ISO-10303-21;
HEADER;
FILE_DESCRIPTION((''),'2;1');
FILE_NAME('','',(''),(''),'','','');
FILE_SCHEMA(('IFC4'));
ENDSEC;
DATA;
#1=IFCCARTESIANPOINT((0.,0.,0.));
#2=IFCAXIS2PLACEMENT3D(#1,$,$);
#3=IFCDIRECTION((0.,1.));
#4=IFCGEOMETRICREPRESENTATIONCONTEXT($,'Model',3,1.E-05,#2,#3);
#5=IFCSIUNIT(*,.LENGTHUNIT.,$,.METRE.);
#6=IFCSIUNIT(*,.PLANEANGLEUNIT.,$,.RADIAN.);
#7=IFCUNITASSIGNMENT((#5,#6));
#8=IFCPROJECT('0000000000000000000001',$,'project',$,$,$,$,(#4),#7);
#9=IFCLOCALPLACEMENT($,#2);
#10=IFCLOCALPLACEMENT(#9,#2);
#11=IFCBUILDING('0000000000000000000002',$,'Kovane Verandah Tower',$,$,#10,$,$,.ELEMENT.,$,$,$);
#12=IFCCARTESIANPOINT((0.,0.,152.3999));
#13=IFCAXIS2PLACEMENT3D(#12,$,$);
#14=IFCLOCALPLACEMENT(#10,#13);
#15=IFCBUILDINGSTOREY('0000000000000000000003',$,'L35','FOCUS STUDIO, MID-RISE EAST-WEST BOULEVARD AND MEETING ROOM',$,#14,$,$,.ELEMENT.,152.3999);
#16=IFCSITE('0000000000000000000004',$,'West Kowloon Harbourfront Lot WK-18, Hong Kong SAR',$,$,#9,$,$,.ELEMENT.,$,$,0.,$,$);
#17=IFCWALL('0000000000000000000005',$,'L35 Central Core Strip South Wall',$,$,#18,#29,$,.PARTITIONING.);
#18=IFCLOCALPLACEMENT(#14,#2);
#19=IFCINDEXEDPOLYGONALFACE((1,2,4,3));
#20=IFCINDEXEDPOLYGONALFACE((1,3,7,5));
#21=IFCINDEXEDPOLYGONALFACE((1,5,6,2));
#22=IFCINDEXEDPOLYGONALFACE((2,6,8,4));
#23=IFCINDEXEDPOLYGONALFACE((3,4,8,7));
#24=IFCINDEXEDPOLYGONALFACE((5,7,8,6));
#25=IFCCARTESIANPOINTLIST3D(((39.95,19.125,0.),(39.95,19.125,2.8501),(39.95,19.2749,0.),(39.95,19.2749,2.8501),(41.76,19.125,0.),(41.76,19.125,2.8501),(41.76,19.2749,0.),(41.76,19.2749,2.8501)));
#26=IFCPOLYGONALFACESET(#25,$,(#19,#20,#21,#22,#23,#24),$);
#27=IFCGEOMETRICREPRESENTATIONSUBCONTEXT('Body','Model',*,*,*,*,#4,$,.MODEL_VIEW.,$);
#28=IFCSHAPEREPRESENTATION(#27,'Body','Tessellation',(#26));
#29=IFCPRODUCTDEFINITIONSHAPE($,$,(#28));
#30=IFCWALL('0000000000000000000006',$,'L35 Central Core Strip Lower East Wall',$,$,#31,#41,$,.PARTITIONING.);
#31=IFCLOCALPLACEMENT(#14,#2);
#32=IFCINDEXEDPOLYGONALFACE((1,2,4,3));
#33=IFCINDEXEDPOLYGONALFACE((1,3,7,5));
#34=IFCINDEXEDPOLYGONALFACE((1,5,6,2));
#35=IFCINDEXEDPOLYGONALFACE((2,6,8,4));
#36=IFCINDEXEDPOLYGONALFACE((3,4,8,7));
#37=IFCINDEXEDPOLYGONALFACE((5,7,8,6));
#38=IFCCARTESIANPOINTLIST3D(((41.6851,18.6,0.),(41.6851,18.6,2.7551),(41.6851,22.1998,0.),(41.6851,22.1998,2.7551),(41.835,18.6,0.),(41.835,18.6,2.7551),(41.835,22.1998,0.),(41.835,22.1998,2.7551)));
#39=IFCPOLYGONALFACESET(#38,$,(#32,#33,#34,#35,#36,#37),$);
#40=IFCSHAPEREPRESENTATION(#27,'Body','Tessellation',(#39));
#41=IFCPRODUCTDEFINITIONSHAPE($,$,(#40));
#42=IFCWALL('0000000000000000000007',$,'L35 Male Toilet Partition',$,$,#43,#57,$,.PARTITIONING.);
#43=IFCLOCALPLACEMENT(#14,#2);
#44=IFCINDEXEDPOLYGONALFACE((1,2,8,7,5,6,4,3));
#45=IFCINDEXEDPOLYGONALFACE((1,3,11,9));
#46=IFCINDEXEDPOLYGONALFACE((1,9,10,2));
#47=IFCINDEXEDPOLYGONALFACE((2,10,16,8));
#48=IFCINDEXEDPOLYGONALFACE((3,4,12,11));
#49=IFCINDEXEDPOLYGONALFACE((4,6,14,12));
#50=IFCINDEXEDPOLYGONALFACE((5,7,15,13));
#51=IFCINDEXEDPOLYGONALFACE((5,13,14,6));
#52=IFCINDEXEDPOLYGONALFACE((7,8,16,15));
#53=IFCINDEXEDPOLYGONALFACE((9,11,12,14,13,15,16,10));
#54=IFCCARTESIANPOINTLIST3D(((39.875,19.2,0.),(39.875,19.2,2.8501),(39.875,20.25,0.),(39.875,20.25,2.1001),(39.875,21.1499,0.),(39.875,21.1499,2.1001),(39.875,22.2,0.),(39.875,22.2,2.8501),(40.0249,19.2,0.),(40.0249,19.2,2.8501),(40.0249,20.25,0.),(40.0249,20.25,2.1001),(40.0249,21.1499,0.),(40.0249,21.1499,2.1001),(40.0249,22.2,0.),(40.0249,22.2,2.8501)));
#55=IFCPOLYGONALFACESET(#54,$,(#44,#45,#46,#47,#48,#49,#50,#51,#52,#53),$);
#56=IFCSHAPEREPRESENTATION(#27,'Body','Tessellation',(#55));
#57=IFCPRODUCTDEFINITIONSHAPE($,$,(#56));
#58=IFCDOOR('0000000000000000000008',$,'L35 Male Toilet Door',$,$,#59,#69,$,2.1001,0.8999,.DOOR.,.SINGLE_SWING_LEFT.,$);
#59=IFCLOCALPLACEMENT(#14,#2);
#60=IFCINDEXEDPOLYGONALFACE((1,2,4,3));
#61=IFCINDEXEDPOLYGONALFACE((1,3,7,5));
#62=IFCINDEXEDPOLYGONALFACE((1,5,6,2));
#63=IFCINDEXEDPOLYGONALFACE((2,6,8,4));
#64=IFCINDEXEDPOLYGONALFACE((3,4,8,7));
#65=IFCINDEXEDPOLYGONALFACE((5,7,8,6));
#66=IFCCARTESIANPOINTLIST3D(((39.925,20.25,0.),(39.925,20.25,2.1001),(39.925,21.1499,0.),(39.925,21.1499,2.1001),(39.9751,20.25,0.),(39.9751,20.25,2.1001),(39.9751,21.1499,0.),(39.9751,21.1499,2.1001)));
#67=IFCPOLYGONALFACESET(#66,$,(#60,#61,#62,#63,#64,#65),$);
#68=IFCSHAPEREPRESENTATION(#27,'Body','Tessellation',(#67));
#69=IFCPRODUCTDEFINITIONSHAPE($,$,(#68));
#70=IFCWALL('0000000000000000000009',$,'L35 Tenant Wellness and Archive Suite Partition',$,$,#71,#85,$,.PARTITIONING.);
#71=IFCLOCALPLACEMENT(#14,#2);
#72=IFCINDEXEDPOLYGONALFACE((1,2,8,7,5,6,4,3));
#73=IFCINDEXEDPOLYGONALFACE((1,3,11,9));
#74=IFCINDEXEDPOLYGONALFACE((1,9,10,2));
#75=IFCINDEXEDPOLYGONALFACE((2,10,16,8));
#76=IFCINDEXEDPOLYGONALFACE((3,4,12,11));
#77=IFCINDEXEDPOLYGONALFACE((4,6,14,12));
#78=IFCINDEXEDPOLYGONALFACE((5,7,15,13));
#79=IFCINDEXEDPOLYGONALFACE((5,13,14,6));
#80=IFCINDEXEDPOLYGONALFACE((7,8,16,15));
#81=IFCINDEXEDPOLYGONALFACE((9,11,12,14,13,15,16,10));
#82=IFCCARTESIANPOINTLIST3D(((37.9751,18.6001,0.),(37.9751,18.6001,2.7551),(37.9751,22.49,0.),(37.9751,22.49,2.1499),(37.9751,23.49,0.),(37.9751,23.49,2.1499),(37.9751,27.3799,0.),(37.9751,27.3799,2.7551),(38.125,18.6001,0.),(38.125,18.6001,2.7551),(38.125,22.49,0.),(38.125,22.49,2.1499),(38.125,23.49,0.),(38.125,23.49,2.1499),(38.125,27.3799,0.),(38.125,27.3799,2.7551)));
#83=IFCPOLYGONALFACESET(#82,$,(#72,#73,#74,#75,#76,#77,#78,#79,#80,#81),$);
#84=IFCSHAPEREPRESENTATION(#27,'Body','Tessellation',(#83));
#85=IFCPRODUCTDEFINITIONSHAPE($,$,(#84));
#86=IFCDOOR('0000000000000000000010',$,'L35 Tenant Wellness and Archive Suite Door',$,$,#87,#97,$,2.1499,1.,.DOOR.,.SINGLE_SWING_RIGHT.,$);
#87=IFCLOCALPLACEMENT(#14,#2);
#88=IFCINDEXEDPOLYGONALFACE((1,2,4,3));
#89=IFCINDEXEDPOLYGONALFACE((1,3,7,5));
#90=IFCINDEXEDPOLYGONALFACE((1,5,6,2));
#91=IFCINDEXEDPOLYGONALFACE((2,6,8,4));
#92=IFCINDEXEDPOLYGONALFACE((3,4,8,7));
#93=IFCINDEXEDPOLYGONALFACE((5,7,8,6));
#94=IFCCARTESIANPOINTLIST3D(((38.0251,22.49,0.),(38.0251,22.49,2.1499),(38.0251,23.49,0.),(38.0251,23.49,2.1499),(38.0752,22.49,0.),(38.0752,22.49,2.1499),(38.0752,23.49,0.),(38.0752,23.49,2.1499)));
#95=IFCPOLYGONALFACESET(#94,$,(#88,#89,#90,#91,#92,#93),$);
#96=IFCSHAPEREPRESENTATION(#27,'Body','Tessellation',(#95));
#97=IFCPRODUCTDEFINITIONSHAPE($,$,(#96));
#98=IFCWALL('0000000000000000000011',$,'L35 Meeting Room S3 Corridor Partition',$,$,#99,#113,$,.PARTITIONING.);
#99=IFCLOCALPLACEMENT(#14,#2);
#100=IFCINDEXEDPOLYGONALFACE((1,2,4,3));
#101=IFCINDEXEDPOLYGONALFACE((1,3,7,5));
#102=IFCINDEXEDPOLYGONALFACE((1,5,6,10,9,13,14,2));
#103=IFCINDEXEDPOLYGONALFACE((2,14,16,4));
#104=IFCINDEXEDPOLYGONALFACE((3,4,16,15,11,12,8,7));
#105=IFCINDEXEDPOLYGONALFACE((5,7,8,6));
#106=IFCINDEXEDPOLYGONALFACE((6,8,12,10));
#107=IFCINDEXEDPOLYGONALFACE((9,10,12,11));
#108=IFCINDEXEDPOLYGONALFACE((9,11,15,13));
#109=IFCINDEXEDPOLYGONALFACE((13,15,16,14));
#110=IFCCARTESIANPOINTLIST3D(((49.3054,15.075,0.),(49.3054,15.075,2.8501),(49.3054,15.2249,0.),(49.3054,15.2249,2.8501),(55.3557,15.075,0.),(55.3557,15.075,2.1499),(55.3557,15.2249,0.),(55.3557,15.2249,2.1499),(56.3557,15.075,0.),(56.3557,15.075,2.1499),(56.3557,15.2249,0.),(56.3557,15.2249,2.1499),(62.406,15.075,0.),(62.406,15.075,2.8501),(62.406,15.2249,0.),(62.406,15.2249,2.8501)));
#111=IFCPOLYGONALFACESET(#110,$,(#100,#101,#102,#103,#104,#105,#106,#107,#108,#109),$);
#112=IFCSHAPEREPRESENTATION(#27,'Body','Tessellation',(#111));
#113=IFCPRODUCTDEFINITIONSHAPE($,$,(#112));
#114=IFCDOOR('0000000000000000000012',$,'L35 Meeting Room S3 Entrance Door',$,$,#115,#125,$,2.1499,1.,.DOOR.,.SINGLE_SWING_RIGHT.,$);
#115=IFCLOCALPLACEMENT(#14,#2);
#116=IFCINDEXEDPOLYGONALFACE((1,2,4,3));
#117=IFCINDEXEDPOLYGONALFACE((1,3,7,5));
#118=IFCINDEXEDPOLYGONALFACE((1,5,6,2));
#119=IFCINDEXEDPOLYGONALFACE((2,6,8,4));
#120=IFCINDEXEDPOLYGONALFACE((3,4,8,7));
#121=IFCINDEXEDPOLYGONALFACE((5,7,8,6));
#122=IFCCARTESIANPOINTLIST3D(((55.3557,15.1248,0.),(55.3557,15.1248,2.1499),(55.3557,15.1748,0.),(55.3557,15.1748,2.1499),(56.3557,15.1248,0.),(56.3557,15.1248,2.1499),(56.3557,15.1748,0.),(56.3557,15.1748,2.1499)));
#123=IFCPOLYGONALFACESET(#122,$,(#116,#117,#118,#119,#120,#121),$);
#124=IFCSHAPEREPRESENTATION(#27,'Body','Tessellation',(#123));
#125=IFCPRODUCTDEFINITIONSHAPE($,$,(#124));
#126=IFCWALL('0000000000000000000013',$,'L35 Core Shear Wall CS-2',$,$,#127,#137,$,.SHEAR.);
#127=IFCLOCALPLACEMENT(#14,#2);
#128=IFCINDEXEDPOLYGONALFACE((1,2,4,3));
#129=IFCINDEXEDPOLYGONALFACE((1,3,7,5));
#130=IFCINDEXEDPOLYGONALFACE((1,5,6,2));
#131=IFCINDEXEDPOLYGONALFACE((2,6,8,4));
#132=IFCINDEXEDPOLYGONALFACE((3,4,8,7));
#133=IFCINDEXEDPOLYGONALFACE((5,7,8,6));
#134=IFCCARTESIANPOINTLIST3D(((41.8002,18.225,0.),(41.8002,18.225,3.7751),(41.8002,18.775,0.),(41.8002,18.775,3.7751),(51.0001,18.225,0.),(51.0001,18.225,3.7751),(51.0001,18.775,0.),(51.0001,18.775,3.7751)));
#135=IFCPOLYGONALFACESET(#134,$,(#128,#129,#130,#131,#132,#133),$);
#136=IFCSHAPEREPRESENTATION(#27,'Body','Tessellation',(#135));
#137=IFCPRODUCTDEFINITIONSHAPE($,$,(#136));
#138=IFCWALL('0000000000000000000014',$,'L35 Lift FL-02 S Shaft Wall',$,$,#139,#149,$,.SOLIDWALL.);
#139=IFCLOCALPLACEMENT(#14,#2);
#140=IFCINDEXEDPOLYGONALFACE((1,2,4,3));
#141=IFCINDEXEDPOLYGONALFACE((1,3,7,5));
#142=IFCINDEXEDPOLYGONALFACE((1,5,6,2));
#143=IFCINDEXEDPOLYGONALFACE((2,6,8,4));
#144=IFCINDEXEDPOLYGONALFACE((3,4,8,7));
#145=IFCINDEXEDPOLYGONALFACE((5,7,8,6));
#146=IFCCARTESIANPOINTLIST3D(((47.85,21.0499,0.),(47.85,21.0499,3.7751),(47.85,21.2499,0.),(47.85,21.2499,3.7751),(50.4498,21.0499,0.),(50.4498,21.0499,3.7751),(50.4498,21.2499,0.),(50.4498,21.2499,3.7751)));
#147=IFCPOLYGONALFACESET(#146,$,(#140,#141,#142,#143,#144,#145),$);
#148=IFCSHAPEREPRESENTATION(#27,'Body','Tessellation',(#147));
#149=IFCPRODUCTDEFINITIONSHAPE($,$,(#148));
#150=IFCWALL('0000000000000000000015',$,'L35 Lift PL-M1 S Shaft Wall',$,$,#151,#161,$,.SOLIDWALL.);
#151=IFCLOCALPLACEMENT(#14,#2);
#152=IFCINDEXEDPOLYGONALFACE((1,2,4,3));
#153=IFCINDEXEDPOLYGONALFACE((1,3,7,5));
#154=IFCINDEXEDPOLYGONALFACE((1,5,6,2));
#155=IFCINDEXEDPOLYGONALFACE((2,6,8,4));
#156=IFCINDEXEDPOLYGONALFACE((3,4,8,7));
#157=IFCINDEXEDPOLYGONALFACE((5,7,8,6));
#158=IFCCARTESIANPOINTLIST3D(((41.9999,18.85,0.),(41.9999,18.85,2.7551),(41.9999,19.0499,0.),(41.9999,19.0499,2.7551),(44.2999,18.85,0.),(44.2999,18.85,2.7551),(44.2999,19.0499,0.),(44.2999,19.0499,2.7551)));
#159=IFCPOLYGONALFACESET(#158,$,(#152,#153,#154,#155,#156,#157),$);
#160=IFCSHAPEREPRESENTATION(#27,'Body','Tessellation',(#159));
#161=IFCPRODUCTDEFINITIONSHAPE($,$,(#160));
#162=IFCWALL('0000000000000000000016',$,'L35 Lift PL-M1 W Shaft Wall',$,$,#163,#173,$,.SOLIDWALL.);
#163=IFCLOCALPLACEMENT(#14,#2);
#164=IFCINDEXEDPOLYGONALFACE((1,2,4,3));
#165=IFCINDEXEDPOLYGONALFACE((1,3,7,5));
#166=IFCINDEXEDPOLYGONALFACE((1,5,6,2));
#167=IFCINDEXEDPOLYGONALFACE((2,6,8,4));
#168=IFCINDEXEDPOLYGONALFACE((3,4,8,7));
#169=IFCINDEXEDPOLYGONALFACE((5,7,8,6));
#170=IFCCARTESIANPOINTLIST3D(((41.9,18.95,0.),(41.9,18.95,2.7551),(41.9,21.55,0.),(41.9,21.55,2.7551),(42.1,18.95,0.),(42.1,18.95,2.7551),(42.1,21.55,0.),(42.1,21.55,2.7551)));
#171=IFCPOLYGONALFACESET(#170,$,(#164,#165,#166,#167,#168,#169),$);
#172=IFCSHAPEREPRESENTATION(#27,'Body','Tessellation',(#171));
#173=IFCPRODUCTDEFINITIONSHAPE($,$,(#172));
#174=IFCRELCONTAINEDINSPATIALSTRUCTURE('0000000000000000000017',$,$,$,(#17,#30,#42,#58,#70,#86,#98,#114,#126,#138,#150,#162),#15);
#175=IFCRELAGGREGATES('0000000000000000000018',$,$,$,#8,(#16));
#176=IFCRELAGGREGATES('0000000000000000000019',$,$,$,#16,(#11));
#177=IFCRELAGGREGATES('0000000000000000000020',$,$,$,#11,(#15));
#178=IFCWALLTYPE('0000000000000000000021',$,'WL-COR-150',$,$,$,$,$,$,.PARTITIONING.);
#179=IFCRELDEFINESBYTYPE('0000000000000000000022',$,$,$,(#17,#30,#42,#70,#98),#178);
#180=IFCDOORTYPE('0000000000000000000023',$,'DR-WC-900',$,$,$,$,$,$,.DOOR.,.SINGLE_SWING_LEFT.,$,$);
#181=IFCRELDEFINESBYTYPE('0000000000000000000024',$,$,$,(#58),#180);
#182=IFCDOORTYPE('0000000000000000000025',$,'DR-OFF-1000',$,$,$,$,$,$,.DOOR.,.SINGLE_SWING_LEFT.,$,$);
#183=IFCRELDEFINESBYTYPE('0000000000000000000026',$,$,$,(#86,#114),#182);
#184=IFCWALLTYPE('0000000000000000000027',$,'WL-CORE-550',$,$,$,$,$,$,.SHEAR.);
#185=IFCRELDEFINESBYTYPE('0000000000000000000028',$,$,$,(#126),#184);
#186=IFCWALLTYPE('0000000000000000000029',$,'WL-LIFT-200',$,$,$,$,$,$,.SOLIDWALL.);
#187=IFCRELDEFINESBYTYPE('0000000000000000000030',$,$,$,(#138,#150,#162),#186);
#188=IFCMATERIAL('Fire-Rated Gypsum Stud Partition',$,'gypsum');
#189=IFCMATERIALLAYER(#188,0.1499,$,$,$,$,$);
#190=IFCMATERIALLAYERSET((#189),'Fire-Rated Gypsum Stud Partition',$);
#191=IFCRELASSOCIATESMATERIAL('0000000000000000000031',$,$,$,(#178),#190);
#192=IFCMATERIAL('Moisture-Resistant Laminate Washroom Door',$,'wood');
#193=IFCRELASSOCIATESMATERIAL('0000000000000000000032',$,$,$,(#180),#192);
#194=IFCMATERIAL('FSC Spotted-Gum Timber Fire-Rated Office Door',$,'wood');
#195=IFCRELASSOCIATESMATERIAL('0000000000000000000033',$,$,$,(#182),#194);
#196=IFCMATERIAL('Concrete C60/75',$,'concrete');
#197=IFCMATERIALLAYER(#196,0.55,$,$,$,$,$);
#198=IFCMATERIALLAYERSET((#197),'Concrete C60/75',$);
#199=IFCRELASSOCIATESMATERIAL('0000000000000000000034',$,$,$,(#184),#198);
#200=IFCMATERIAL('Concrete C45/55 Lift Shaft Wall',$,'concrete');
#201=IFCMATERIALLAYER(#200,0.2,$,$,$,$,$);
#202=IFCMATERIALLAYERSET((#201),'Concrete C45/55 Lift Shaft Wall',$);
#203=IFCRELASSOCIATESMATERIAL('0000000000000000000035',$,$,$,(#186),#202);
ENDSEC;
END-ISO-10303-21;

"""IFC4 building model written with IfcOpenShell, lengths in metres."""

from ifc_helpers import new_model, si_unit, direction, frame, frame_2d, origin, place, context, subcontext, project, spatial, rectangle, extrude, material, layer, layer_set, type_object, element, fill, save


model = new_model("IFC4")

# Units and contexts
model_context = context("Model", 3, precision=1e-05, world=origin(), true_north=direction((0.0, 1.0)))
body_context = subcontext(model_context, "Body", "Model", "MODEL_VIEW")
ifc_project = project(units=[si_unit("LENGTHUNIT", "METRE"), si_unit("PLANEANGLEUNIT", "RADIAN")], contexts=[model_context])

# Site, building, storey
site_placement = place(None, origin())
site = spatial("IfcSite", under=ifc_project, at=site_placement, Name="West Kowloon Harbourfront Lot WK-18, Hong Kong SAR", CompositionType="ELEMENT", RefElevation=0.0)
building_placement = place(site_placement, origin())
building = spatial("IfcBuilding", under=site, at=building_placement, Name="Kovane Verandah Tower", CompositionType="ELEMENT")
storey_placement = place(building_placement, frame((0.0, 0.0, 152.3999)))
storey = spatial("IfcBuildingStorey", under=building, at=storey_placement, Name="L35", Description="FOCUS STUDIO, MID-RISE EAST-WEST BOULEVARD AND MEETING ROOM", CompositionType="ELEMENT", Elevation=152.3999)

# Shared definitions
ifc_material_1 = material(Name="Concrete C60/75", Category="concrete")

# Walls
ifc_material_2 = material(Name="Fire-Rated Gypsum Stud Partition", Category="gypsum")
ifc_layer_1 = layer(ifc_material_2, 0.1499)
ifc_layer_set_1 = layer_set([ifc_layer_1], Name="Fire-Rated Gypsum Stud Partition")
wall_type_1 = type_object("IfcWallType", Name="WL-COR-150", PredefinedType="PARTITIONING", material=ifc_layer_set_1)
wall_1_placement = place(storey_placement, frame((39.95, 19.2, 0.0), z_axis=(0.0, 0.0, 1.0), x_axis=(1.0, 0.0, 0.0)))
element("IfcWall", 1, at=wall_1_placement, inside=storey, type_object=wall_type_1, Name="L35 Central Core Strip South Wall", PredefinedType="PARTITIONING", context=body_context, shape_type="SweptSolid", body=[
    extrude(rectangle(XDim=1.8101, YDim=0.1499, at=frame_2d((0.905, 0.0))), origin(), (0.0, 0.0, 1.0), 2.8501),
])
wall_2_placement = place(storey_placement, frame((41.76, 18.6001, 0.0), z_axis=(0.0, 0.0, 1.0), x_axis=(0.0, 1.0, 0.0)))
element("IfcWall", 2, at=wall_2_placement, inside=storey, type_object=wall_type_1, Name="L35 Central Core Strip Lower East Wall", PredefinedType="PARTITIONING", context=body_context, shape_type="SweptSolid", body=[
    extrude(rectangle(XDim=3.5999, YDim=0.1499, at=frame_2d((1.7998, 0.0))), origin(), (0.0, 0.0, 1.0), 2.7551),
])

# Walls, openings, doors
wall_3_placement = place(storey_placement, frame((39.95, 19.2, 0.0), z_axis=(0.0, 0.0, 1.0), x_axis=(0.0, 1.0, 0.0)))
wall_3 = element("IfcWall", 3, at=wall_3_placement, inside=storey, type_object=wall_type_1, Name="L35 Male Toilet Partition", PredefinedType="PARTITIONING", context=body_context, shape_type="SweptSolid", body=[
    extrude(rectangle(XDim=3.0, YDim=0.1499, at=frame_2d((1.5, 0.0))), origin(), (0.0, 0.0, 1.0), 2.8501),
])
opening_1_placement = place(wall_3_placement, frame((1.05, 0.0, 0.0)))
opening_1 = element("IfcOpeningElement", 4, at=opening_1_placement, cuts=wall_3, PredefinedType="OPENING", context=body_context, shape_type="SweptSolid", body=[
    extrude(rectangle(XDim=0.8999, YDim=2.1001, at=frame_2d((0.45, 1.05))), frame((0.0, 0.075, 0.0), z_axis=(0.0, -1.0, 0.0), x_axis=(1.0, 0.0, 0.0)), (0.0, 0.0, 1.0), 0.1499),
])
ifc_material_3 = material(Name="Moisture-Resistant Laminate Washroom Door", Category="wood")
door_type_1 = type_object("IfcDoorType", Name="DR-WC-900", OperationType="SINGLE_SWING_LEFT", PredefinedType="DOOR", material=ifc_material_3)
door_1_placement = place(opening_1_placement, origin())
door_1 = element("IfcDoor", 5, at=door_1_placement, inside=storey, type_object=door_type_1, Name="L35 Male Toilet Door", OperationType="SINGLE_SWING_LEFT", OverallHeight=2.1001, OverallWidth=0.8999, PredefinedType="DOOR", context=body_context, shape_type="SweptSolid", body=[
    extrude(rectangle(XDim=0.8999, YDim=2.1001, at=frame_2d((0.45, 1.05))), frame((0.0, 0.0249, 0.0), z_axis=(0.0, -1.0, 0.0), x_axis=(1.0, 0.0, 0.0)), (0.0, 0.0, 1.0), 0.05),
])
fill(opening_1, door_1)
wall_4_placement = place(storey_placement, frame((38.05, 18.6001, 0.0), z_axis=(0.0, 0.0, 1.0), x_axis=(0.0, 1.0, 0.0)))
wall_4 = element("IfcWall", 6, at=wall_4_placement, inside=storey, type_object=wall_type_1, Name="L35 Tenant Wellness and Archive Suite Partition", PredefinedType="PARTITIONING", context=body_context, shape_type="SweptSolid", body=[
    extrude(rectangle(XDim=8.7798, YDim=0.1499, at=frame_2d((4.3899, 0.0))), origin(), (0.0, 0.0, 1.0), 2.7551),
])
opening_2_placement = place(wall_4_placement, frame((3.8899, 0.0, 0.0)))
opening_2 = element("IfcOpeningElement", 7, at=opening_2_placement, cuts=wall_4, PredefinedType="OPENING", context=body_context, shape_type="SweptSolid", body=[
    extrude(rectangle(XDim=1.0, YDim=2.1499, at=frame_2d((0.5, 1.075))), frame((0.0, 0.075, 0.0), z_axis=(0.0, -1.0, 0.0), x_axis=(1.0, 0.0, 0.0)), (0.0, 0.0, 1.0), 0.1499),
])
ifc_material_4 = material(Name="FSC Spotted-Gum Timber Fire-Rated Office Door", Category="wood")
door_type_2 = type_object("IfcDoorType", Name="DR-OFF-1000", OperationType="SINGLE_SWING_LEFT", PredefinedType="DOOR", material=ifc_material_4)
door_2_placement = place(opening_2_placement, origin())
door_2 = element("IfcDoor", 8, at=door_2_placement, inside=storey, type_object=door_type_2, Name="L35 Tenant Wellness and Archive Suite Door", OperationType="SINGLE_SWING_RIGHT", OverallHeight=2.1499, OverallWidth=1.0, PredefinedType="DOOR", context=body_context, shape_type="SweptSolid", body=[
    extrude(rectangle(XDim=1.0, YDim=2.1499, at=frame_2d((0.5, 1.075))), frame((0.0, 0.0249, 0.0), z_axis=(0.0, -1.0, 0.0), x_axis=(1.0, 0.0, 0.0)), (0.0, 0.0, 1.0), 0.05),
])
fill(opening_2, door_2)
wall_5_placement = place(storey_placement, frame((49.3054, 15.1499, 0.0), z_axis=(0.0, 0.0, 1.0), x_axis=(1.0, 0.0, 0.0)))
wall_5 = element("IfcWall", 9, at=wall_5_placement, inside=storey, type_object=wall_type_1, Name="L35 Meeting Room S3 Corridor Partition", PredefinedType="PARTITIONING", context=body_context, shape_type="SweptSolid", body=[
    extrude(rectangle(XDim=13.1006, YDim=0.1499, at=frame_2d((6.5503, 0.0))), origin(), (0.0, 0.0, 1.0), 2.8501),
])
opening_3_placement = place(wall_5_placement, frame((6.0503, 0.0, 0.0)))
opening_3 = element("IfcOpeningElement", 10, at=opening_3_placement, cuts=wall_5, PredefinedType="OPENING", context=body_context, shape_type="SweptSolid", body=[
    extrude(rectangle(XDim=1.0, YDim=2.1499, at=frame_2d((0.5, 1.075))), frame((0.0, 0.075, 0.0), z_axis=(0.0, -1.0, 0.0), x_axis=(1.0, 0.0, 0.0)), (0.0, 0.0, 1.0), 0.1499),
])
door_3_placement = place(opening_3_placement, origin())
door_3 = element("IfcDoor", 11, at=door_3_placement, inside=storey, type_object=door_type_2, Name="L35 Meeting Room S3 Entrance Door", OperationType="SINGLE_SWING_RIGHT", OverallHeight=2.1499, OverallWidth=1.0, PredefinedType="DOOR", context=body_context, shape_type="SweptSolid", body=[
    extrude(rectangle(XDim=1.0, YDim=2.1499, at=frame_2d((0.5, 1.075))), frame((0.0, 0.0249, 0.0), z_axis=(0.0, -1.0, 0.0), x_axis=(1.0, 0.0, 0.0)), (0.0, 0.0, 1.0), 0.05),
])
fill(opening_3, door_3)

# Walls
ifc_layer_2 = layer(ifc_material_1, 0.55)
ifc_layer_set_2 = layer_set([ifc_layer_2], Name="Concrete C60/75")
wall_type_2 = type_object("IfcWallType", Name="WL-CORE-550", PredefinedType="SHEAR", material=ifc_layer_set_2)
wall_6_placement = place(storey_placement, frame((41.8, 18.5, 0.0), z_axis=(0.0, 0.0, 1.0), x_axis=(1.0, 0.0, 0.0)))
element("IfcWall", 12, at=wall_6_placement, inside=storey, type_object=wall_type_2, Name="L35 Core Shear Wall CS-2", PredefinedType="SHEAR", context=body_context, shape_type="SweptSolid", body=[
    extrude(rectangle(XDim=9.2, YDim=0.55, at=frame_2d((4.6001, 0.0))), origin(), (0.0, 0.0, 1.0), 3.7751),
])
ifc_material_5 = material(Name="Concrete C45/55 Lift Shaft Wall", Category="concrete")
ifc_layer_3 = layer(ifc_material_5, 0.2)
ifc_layer_set_3 = layer_set([ifc_layer_3], Name="Concrete C45/55 Lift Shaft Wall")
wall_type_3 = type_object("IfcWallType", Name="WL-LIFT-200", PredefinedType="SOLIDWALL", material=ifc_layer_set_3)
wall_7_placement = place(storey_placement, frame((47.8501, 21.1499, 0.0), z_axis=(0.0, 0.0, 1.0), x_axis=(1.0, 0.0, 0.0)))
element("IfcWall", 13, at=wall_7_placement, inside=storey, type_object=wall_type_3, Name="L35 Lift FL-02 S Shaft Wall", PredefinedType="SOLIDWALL", context=body_context, shape_type="SweptSolid", body=[
    extrude(rectangle(XDim=2.5999, YDim=0.2, at=frame_2d((1.2998, 0.0))), origin(), (0.0, 0.0, 1.0), 3.7751),
])
wall_8_placement = place(storey_placement, frame((42.0, 18.95, 0.0), z_axis=(0.0, 0.0, 1.0), x_axis=(1.0, 0.0, 0.0)))
element("IfcWall", 14, at=wall_8_placement, inside=storey, type_object=wall_type_3, Name="L35 Lift PL-M1 S Shaft Wall", PredefinedType="SOLIDWALL", context=body_context, shape_type="SweptSolid", body=[
    extrude(rectangle(XDim=2.3, YDim=0.2, at=frame_2d((1.1499, 0.0))), origin(), (0.0, 0.0, 1.0), 2.7551),
])
wall_9_placement = place(storey_placement, frame((42.0, 21.55, 0.0), z_axis=(0.0, 0.0, 1.0), x_axis=(0.0, -1.0, 0.0)))
element("IfcWall", 15, at=wall_9_placement, inside=storey, type_object=wall_type_3, Name="L35 Lift PL-M1 W Shaft Wall", PredefinedType="SOLIDWALL", context=body_context, shape_type="SweptSolid", body=[
    extrude(rectangle(XDim=2.6001, YDim=0.2, at=frame_2d((1.3, 0.0))), origin(), (0.0, 0.0, 1.0), 2.7551),
])

save(model, "model.ifc")
